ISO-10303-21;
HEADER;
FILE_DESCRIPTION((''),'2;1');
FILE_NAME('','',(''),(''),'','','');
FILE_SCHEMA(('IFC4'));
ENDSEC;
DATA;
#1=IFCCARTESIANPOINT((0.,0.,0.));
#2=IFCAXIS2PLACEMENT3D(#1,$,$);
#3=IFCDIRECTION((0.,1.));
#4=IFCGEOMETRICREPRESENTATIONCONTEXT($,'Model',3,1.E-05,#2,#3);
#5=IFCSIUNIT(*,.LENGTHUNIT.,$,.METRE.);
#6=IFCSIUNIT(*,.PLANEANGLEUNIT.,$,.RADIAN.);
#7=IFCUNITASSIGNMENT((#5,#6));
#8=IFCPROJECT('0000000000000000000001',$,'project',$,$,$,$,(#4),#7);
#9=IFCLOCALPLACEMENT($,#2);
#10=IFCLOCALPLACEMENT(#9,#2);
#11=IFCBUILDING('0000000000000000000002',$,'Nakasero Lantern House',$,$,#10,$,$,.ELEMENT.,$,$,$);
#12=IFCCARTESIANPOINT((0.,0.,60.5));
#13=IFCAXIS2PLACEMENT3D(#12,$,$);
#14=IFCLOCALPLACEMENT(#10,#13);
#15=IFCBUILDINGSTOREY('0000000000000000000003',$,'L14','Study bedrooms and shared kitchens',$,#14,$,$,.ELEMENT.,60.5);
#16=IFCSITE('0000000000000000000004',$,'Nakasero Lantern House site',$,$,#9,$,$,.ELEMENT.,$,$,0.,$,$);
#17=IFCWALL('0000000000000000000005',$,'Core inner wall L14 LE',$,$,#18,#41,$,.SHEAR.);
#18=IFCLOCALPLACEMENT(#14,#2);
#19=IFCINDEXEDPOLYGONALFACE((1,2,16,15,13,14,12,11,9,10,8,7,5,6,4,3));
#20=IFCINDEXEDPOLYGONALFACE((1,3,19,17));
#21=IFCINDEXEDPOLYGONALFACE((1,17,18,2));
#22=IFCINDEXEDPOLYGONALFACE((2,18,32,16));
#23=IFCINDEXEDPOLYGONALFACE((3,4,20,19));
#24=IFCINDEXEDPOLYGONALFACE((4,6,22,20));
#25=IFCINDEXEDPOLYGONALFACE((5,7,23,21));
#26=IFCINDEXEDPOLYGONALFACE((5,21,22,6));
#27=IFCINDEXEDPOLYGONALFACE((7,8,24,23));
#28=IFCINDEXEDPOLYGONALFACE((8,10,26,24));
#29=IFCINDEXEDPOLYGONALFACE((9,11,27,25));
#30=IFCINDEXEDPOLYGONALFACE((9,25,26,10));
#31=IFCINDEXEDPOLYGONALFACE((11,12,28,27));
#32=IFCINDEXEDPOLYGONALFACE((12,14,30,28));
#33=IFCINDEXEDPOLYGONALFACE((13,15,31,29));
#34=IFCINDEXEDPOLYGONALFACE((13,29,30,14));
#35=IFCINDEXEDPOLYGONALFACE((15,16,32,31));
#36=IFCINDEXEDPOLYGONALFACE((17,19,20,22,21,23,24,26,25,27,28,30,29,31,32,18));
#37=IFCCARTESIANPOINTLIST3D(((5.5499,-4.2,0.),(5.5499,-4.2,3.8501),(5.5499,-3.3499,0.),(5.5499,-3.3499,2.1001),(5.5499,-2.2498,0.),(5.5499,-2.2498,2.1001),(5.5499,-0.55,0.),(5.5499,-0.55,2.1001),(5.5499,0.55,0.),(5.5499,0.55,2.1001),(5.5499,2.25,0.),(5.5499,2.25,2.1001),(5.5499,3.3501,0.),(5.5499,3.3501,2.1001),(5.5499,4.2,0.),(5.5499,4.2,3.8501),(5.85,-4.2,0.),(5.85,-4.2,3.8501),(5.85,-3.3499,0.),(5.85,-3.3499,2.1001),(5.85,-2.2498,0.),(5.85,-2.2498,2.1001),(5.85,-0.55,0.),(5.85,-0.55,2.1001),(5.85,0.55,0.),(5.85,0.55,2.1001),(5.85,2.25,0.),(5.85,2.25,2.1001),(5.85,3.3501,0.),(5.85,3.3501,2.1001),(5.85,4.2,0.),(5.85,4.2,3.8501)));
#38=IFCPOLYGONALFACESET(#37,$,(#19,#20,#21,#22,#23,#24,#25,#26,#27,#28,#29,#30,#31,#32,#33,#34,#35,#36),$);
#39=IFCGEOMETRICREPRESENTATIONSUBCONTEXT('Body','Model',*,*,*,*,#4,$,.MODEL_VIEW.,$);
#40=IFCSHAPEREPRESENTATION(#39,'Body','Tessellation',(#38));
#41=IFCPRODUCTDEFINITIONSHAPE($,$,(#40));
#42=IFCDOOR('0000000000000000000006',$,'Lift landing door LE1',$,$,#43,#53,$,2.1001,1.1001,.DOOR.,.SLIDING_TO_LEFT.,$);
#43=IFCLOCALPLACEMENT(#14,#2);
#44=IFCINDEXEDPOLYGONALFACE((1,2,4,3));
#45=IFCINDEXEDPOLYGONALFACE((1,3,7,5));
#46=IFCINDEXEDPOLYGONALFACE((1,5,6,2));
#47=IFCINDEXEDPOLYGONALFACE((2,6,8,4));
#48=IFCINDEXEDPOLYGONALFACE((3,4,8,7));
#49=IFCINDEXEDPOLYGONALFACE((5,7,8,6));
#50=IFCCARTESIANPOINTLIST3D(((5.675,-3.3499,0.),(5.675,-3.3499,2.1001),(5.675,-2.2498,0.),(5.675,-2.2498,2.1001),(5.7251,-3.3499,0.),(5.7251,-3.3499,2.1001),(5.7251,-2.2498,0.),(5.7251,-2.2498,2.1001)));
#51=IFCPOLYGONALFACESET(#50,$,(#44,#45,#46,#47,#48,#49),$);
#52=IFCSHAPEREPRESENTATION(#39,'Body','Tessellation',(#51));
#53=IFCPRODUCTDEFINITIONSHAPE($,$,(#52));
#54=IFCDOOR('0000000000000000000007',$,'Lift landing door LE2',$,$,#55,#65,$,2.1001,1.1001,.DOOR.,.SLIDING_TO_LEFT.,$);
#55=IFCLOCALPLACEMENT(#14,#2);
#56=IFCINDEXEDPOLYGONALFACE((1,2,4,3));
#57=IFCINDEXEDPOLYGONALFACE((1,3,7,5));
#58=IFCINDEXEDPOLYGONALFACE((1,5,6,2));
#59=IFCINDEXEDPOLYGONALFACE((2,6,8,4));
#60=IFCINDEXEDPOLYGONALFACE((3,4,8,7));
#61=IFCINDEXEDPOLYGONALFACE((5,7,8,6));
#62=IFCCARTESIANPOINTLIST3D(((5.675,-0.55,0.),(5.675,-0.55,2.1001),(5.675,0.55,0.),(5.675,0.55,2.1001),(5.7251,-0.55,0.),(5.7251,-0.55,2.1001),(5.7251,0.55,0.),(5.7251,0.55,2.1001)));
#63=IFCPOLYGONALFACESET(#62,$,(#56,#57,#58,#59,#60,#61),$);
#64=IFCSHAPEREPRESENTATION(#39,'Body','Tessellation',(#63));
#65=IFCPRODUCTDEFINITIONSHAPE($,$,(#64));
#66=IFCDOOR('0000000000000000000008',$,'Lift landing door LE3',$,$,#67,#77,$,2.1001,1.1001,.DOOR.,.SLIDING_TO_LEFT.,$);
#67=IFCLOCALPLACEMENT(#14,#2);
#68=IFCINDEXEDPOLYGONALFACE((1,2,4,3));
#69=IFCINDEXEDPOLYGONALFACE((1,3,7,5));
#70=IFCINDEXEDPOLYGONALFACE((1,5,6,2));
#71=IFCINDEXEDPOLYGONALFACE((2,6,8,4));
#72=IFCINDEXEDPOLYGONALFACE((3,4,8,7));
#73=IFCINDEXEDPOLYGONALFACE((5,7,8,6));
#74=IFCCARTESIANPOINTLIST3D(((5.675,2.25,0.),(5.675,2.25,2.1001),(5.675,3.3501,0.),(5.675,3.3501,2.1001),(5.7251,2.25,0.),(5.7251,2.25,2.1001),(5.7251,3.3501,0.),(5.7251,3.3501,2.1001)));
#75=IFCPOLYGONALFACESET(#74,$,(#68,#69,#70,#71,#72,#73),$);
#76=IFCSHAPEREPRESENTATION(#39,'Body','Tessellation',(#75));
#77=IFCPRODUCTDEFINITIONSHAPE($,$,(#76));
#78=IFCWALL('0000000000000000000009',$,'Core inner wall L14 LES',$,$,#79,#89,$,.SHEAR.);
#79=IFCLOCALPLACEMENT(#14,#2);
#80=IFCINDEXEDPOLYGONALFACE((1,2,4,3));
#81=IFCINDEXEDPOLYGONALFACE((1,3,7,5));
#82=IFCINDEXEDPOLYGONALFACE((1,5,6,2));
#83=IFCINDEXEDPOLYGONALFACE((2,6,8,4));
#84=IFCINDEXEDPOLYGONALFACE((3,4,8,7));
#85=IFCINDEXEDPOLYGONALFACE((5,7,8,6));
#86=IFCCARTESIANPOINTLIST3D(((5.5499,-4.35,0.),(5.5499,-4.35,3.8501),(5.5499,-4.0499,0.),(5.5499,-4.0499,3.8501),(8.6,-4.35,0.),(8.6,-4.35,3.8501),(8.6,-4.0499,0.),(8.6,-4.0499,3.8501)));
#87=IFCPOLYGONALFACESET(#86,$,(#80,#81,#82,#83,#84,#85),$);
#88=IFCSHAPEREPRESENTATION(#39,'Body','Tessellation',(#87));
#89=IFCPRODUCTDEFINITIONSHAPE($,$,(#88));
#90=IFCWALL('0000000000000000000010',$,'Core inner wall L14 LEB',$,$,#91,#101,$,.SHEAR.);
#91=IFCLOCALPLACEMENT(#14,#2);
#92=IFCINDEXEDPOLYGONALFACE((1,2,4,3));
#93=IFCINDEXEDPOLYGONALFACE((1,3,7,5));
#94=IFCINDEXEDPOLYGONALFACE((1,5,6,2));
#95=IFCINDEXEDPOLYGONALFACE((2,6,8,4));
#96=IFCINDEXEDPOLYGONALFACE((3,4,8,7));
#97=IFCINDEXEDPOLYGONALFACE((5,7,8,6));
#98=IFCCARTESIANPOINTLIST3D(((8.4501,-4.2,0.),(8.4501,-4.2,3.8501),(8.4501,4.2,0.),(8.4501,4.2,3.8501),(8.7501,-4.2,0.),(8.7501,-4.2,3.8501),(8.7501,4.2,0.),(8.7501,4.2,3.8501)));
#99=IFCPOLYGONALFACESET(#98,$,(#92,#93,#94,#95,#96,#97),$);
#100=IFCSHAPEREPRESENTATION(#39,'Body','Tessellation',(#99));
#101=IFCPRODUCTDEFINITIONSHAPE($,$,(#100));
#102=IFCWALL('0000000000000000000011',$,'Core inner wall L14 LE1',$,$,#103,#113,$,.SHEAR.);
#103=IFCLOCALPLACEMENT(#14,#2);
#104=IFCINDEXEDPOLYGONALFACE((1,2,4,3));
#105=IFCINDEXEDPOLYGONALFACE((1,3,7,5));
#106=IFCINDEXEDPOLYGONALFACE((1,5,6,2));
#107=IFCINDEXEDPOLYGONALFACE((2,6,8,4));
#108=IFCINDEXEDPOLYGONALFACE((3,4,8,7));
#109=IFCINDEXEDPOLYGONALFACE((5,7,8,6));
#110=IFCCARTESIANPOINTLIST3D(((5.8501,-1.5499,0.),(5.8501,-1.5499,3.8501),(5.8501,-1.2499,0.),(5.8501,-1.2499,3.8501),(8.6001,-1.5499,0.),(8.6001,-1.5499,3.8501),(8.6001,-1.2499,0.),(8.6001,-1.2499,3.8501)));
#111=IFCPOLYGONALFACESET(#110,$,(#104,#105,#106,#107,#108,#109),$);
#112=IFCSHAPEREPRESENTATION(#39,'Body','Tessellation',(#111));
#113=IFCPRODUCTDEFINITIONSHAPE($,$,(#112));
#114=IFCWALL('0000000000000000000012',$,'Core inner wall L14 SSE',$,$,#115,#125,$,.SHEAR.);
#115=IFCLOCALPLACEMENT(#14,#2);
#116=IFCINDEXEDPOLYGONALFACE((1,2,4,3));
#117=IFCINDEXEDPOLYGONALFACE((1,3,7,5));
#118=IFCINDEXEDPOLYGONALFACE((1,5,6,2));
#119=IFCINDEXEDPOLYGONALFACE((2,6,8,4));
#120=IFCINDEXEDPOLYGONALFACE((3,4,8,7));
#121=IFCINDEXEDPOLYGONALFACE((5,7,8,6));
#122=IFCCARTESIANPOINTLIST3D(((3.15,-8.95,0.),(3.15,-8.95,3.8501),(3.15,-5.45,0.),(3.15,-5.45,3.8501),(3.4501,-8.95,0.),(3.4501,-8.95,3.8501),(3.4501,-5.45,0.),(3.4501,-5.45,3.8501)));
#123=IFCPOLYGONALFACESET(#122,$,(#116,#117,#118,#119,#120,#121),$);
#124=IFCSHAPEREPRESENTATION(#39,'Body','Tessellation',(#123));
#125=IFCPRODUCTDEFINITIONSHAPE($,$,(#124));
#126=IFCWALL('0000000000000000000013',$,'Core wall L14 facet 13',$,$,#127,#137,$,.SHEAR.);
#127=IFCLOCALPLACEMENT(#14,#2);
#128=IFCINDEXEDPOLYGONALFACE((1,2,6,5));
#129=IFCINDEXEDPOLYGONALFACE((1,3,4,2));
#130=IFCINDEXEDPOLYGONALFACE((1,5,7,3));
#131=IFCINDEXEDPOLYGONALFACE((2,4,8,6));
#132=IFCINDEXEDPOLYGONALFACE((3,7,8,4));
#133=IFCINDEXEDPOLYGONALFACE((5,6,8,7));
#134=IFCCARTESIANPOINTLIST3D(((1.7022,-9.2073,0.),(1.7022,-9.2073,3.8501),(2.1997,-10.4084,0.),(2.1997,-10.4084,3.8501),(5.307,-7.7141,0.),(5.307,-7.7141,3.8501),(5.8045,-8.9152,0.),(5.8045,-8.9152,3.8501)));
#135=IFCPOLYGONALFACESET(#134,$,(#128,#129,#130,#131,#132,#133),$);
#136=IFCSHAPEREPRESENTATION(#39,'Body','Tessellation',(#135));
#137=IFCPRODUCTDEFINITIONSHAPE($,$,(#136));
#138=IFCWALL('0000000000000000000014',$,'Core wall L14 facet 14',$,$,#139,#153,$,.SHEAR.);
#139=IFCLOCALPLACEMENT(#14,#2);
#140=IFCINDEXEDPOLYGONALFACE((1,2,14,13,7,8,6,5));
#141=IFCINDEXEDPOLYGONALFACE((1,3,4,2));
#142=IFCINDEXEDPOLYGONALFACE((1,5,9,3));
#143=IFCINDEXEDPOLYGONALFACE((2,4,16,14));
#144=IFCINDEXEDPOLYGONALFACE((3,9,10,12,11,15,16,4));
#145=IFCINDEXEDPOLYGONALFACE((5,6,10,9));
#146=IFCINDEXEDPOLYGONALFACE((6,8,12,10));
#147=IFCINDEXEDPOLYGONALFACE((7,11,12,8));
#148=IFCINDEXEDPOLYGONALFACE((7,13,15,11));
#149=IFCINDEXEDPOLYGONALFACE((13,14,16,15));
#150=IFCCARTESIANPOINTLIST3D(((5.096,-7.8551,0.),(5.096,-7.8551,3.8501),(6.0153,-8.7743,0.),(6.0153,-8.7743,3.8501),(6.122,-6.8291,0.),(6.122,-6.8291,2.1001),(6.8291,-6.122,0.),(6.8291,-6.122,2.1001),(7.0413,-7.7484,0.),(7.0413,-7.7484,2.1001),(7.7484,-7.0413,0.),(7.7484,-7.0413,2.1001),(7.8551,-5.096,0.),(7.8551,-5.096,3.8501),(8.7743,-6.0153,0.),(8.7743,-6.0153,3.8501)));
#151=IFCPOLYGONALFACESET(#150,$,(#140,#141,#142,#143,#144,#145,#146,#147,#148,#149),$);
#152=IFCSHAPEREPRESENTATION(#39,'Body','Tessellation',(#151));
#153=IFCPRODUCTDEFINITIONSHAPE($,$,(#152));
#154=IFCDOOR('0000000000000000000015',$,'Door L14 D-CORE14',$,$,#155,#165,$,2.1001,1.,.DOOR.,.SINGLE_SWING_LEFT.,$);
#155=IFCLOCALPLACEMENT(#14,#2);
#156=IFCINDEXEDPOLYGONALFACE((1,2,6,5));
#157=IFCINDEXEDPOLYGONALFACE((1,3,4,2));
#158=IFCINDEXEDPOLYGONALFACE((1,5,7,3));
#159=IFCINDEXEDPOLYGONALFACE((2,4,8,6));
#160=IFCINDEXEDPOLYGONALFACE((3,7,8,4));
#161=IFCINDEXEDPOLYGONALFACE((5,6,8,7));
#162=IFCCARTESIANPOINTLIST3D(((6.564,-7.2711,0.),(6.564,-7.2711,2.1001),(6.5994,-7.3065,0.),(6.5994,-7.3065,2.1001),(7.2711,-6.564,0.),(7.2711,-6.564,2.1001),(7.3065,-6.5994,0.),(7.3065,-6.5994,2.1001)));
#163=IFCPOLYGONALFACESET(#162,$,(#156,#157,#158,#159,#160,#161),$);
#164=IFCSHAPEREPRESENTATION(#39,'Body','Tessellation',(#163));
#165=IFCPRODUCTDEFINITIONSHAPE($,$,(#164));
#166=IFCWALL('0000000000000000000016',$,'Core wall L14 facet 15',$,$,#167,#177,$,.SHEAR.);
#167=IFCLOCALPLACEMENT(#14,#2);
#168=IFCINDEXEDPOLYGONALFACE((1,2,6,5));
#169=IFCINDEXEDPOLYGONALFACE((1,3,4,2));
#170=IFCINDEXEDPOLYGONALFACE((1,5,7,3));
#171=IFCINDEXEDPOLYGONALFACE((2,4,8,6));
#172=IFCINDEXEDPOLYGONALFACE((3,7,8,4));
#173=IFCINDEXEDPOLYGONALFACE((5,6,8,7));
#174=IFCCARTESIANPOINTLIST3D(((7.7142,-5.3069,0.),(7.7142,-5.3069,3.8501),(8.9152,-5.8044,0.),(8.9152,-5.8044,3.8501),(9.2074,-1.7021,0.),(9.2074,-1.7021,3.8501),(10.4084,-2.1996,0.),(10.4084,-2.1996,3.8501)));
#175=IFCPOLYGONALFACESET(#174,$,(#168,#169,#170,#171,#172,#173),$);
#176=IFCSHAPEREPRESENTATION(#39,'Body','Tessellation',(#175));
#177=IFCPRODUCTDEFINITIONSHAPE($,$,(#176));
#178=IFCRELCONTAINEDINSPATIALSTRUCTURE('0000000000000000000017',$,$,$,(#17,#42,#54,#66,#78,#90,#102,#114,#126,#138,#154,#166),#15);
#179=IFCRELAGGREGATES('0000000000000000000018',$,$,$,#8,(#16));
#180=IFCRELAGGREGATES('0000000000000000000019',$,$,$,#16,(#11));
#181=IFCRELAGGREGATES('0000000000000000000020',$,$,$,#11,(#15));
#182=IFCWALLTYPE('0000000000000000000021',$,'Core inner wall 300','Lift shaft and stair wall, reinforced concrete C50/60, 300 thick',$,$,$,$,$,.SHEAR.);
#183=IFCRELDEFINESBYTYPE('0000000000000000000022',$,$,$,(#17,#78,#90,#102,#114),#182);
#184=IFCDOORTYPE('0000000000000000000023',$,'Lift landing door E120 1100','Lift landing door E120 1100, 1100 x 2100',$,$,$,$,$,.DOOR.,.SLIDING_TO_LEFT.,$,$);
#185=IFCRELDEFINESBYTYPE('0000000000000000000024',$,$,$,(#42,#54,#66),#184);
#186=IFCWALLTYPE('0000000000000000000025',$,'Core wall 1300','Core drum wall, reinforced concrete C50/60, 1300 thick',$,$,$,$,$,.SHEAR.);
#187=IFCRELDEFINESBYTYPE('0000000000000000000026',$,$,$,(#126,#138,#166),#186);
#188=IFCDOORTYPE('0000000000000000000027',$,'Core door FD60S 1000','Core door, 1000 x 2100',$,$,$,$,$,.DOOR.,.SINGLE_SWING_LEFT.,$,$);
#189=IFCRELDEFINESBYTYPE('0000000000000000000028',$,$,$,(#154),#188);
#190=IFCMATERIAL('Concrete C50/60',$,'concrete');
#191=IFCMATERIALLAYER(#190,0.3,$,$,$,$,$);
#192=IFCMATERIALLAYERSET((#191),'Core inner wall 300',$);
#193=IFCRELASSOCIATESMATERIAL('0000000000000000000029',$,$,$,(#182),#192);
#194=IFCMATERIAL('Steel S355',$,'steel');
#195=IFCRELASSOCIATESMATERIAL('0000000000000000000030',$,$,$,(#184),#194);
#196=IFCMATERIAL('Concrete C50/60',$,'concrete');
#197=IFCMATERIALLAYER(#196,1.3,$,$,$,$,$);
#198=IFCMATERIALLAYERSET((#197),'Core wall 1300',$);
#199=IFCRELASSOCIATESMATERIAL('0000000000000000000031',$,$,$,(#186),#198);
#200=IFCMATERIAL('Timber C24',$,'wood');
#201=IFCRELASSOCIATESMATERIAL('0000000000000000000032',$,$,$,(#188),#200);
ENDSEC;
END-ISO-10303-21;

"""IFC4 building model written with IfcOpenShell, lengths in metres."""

from ifc_helpers import new_model, si_unit, direction, frame, frame_2d, origin, place, context, subcontext, project, spatial, rectangle, extrude, material, layer, layer_set, type_object, element, fill, save


model = new_model("IFC4")

# Units and contexts
model_context = context("Model", 3, precision=1e-05, world=origin(), true_north=direction((0.0, 1.0)))
body_context = subcontext(model_context, "Body", "Model", "MODEL_VIEW")
ifc_project = project(units=[si_unit("LENGTHUNIT", "METRE"), si_unit("PLANEANGLEUNIT", "RADIAN")], contexts=[model_context])

# Site, building, storey
site_placement = place(None, origin())
site = spatial("IfcSite", under=ifc_project, at=site_placement, Name="Nakasero Lantern House site", CompositionType="ELEMENT", RefElevation=0.0)
building_placement = place(site_placement, origin())
building = spatial("IfcBuilding", under=site, at=building_placement, Name="Nakasero Lantern House", CompositionType="ELEMENT")
storey_placement = place(building_placement, frame((0.0, 0.0, 60.5)))
storey = spatial("IfcBuildingStorey", under=building, at=storey_placement, Name="L14", Description="Study bedrooms and shared kitchens", CompositionType="ELEMENT", Elevation=60.5)

# Wall, openings, doors
ifc_material_1 = material(Name="Concrete C50/60", Category="concrete")
ifc_layer_1 = layer(ifc_material_1, 0.3)
ifc_layer_set_1 = layer_set([ifc_layer_1], Name="Core inner wall 300")
wall_type_1 = type_object("IfcWallType", Name="Core inner wall 300", Description="Lift shaft and stair wall, reinforced concrete C50/60, 300 thick", PredefinedType="SHEAR", material=ifc_layer_set_1)
wall_1_placement = place(storey_placement, frame((5.7, -4.2, 0.0), z_axis=(0.0, 0.0, 1.0), x_axis=(0.0, 1.0, 0.0)))
wall_1 = element("IfcWall", 1, at=wall_1_placement, inside=storey, type_object=wall_type_1, Name="Core inner wall L14 LE", PredefinedType="SHEAR", context=body_context, shape_type="SweptSolid", body=[
    extrude(rectangle(XDim=8.3999, YDim=0.3, at=frame_2d((4.2, 0.0))), origin(), (0.0, 0.0, 1.0), 3.8501),
])
opening_1_placement = place(wall_1_placement, frame((0.8501, 0.0, 0.0)))
opening_1 = element("IfcOpeningElement", 2, at=opening_1_placement, cuts=wall_1, PredefinedType="OPENING", context=body_context, shape_type="SweptSolid", body=[
    extrude(rectangle(XDim=1.1001, YDim=2.1001, at=frame_2d((0.55, 1.05))), frame((0.0, 0.1699, 0.0), z_axis=(0.0, -1.0, 0.0), x_axis=(1.0, 0.0, 0.0)), (0.0, 0.0, 1.0), 0.3401),
])
opening_2_placement = place(wall_1_placement, frame((3.6499, 0.0, 0.0)))
opening_2 = element("IfcOpeningElement", 3, at=opening_2_placement, cuts=wall_1, PredefinedType="OPENING", context=body_context, shape_type="SweptSolid", body=[
    extrude(rectangle(XDim=1.1001, YDim=2.1001, at=frame_2d((0.55, 1.05))), frame((0.0, 0.1699, 0.0), z_axis=(0.0, -1.0, 0.0), x_axis=(1.0, 0.0, 0.0)), (0.0, 0.0, 1.0), 0.3401),
])
opening_3_placement = place(wall_1_placement, frame((6.45, 0.0, 0.0)))
opening_3 = element("IfcOpeningElement", 4, at=opening_3_placement, cuts=wall_1, PredefinedType="OPENING", context=body_context, shape_type="SweptSolid", body=[
    extrude(rectangle(XDim=1.1001, YDim=2.1001, at=frame_2d((0.55, 1.05))), frame((0.0, 0.1699, 0.0), z_axis=(0.0, -1.0, 0.0), x_axis=(1.0, 0.0, 0.0)), (0.0, 0.0, 1.0), 0.3401),
])
ifc_material_2 = material(Name="Steel S355", Category="steel")
door_type_1 = type_object("IfcDoorType", Name="Lift landing door E120 1100", Description="Lift landing door E120 1100, 1100 x 2100", OperationType="SLIDING_TO_LEFT", PredefinedType="DOOR", material=ifc_material_2)
door_1_placement = place(opening_1_placement, origin())
door_1 = element("IfcDoor", 5, at=door_1_placement, inside=storey, type_object=door_type_1, Name="Lift landing door LE1", OperationType="SLIDING_TO_LEFT", OverallHeight=2.1001, OverallWidth=1.1001, PredefinedType="DOOR", context=body_context, shape_type="SweptSolid", body=[
    extrude(rectangle(XDim=1.1001, YDim=2.1001, at=frame_2d((0.55, 1.05))), frame((0.0, 0.0249, 0.0), z_axis=(0.0, -1.0, 0.0), x_axis=(1.0, 0.0, 0.0)), (0.0, 0.0, 1.0), 0.05),
])
fill(opening_1, door_1)
door_2_placement = place(opening_2_placement, origin())
door_2 = element("IfcDoor", 6, at=door_2_placement, inside=storey, type_object=door_type_1, Name="Lift landing door LE2", OperationType="SLIDING_TO_LEFT", OverallHeight=2.1001, OverallWidth=1.1001, PredefinedType="DOOR", context=body_context, shape_type="SweptSolid", body=[
    extrude(rectangle(XDim=1.1001, YDim=2.1001, at=frame_2d((0.55, 1.05))), frame((0.0, 0.0249, 0.0), z_axis=(0.0, -1.0, 0.0), x_axis=(1.0, 0.0, 0.0)), (0.0, 0.0, 1.0), 0.05),
])
fill(opening_2, door_2)
door_3_placement = place(opening_3_placement, origin())
door_3 = element("IfcDoor", 7, at=door_3_placement, inside=storey, type_object=door_type_1, Name="Lift landing door LE3", OperationType="SLIDING_TO_LEFT", OverallHeight=2.1001, OverallWidth=1.1001, PredefinedType="DOOR", context=body_context, shape_type="SweptSolid", body=[
    extrude(rectangle(XDim=1.1001, YDim=2.1001, at=frame_2d((0.55, 1.05))), frame((0.0, 0.0249, 0.0), z_axis=(0.0, -1.0, 0.0), x_axis=(1.0, 0.0, 0.0)), (0.0, 0.0, 1.0), 0.05),
])
fill(opening_3, door_3)

# Walls
wall_2_placement = place(storey_placement, frame((5.55, -4.2, 0.0), z_axis=(0.0, 0.0, 1.0), x_axis=(1.0, 0.0, 0.0)))
element("IfcWall", 8, at=wall_2_placement, inside=storey, type_object=wall_type_1, Name="Core inner wall L14 LES", PredefinedType="SHEAR", context=body_context, shape_type="SweptSolid", body=[
    extrude(rectangle(XDim=3.05, YDim=0.3, at=frame_2d((1.5249, 0.0))), origin(), (0.0, 0.0, 1.0), 3.8501),
])
wall_3_placement = place(storey_placement, frame((8.6001, -4.2, 0.0), z_axis=(0.0, 0.0, 1.0), x_axis=(0.0, 1.0, 0.0)))
element("IfcWall", 9, at=wall_3_placement, inside=storey, type_object=wall_type_1, Name="Core inner wall L14 LEB", PredefinedType="SHEAR", context=body_context, shape_type="SweptSolid", body=[
    extrude(rectangle(XDim=8.3999, YDim=0.3, at=frame_2d((4.2, 0.0))), origin(), (0.0, 0.0, 1.0), 3.8501),
])
wall_4_placement = place(storey_placement, frame((5.8501, -1.3999, 0.0), z_axis=(0.0, 0.0, 1.0), x_axis=(1.0, 0.0, 0.0)))
element("IfcWall", 10, at=wall_4_placement, inside=storey, type_object=wall_type_1, Name="Core inner wall L14 LE1", PredefinedType="SHEAR", context=body_context, shape_type="SweptSolid", body=[
    extrude(rectangle(XDim=2.75, YDim=0.3, at=frame_2d((1.375, 0.0))), origin(), (0.0, 0.0, 1.0), 3.8501),
])
wall_5_placement = place(storey_placement, frame((3.3, -5.45, 0.0), z_axis=(0.0, 0.0, 1.0), x_axis=(0.0, -1.0, 0.0)))
element("IfcWall", 11, at=wall_5_placement, inside=storey, type_object=wall_type_1, Name="Core inner wall L14 SSE", PredefinedType="SHEAR", context=body_context, shape_type="SweptSolid", body=[
    extrude(rectangle(XDim=3.5, YDim=0.3, at=frame_2d((1.75, 0.0))), origin(), (0.0, 0.0, 1.0), 3.8501),
])
ifc_material_3 = material(Name="Concrete C50/60", Category="concrete")
ifc_layer_2 = layer(ifc_material_3, 1.3)
ifc_layer_set_2 = layer_set([ifc_layer_2], Name="Core wall 1300")
wall_type_2 = type_object("IfcWallType", Name="Core wall 1300", Description="Core drum wall, reinforced concrete C50/60, 1300 thick", PredefinedType="SHEAR", material=ifc_layer_set_2)
wall_6_placement = place(storey_placement, frame((1.9509, -9.8079, 0.0), z_axis=(0.0, 0.0, 1.0), x_axis=(0.923877, 0.382691, 0.0)))
element("IfcWall", 12, at=wall_6_placement, inside=storey, type_object=wall_type_2, Name="Core wall L14 facet 13", PredefinedType="SHEAR", context=body_context, shape_type="SweptSolid", body=[
    extrude(rectangle(XDim=3.9019, YDim=1.3, at=frame_2d((1.9509, 0.0))), origin(), (0.0, 0.0, 1.0), 3.8501),
])

# Wall, opening, door
wall_7_placement = place(storey_placement, frame((5.5557, -8.3147, 0.0), z_axis=(0.0, 0.0, 1.0), x_axis=(0.707107, 0.707107, 0.0)))
wall_7 = element("IfcWall", 13, at=wall_7_placement, inside=storey, type_object=wall_type_2, Name="Core wall L14 facet 14", PredefinedType="SHEAR", context=body_context, shape_type="SweptSolid", body=[
    extrude(rectangle(XDim=3.9019, YDim=1.3, at=frame_2d((1.9509, 0.0))), origin(), (0.0, 0.0, 1.0), 3.8501),
])
opening_4_placement = place(wall_7_placement, frame((1.4509, 0.0, 0.0)))
opening_4 = element("IfcOpeningElement", 14, at=opening_4_placement, cuts=wall_7, PredefinedType="OPENING", context=body_context, shape_type="SweptSolid", body=[
    extrude(rectangle(XDim=1.0, YDim=2.1001, at=frame_2d((0.5, 1.05))), frame((0.0, 0.6699, 0.0), z_axis=(0.0, -1.0, 0.0), x_axis=(1.0, 0.0, 0.0)), (0.0, 0.0, 1.0), 1.3401),
])
ifc_material_4 = material(Name="Timber C24", Category="wood")
door_type_2 = type_object("IfcDoorType", Name="Core door FD60S 1000", Description="Core door, 1000 x 2100", OperationType="SINGLE_SWING_LEFT", PredefinedType="DOOR", material=ifc_material_4)
door_4_placement = place(opening_4_placement, origin())
door_4 = element("IfcDoor", 15, at=door_4_placement, inside=storey, type_object=door_type_2, Name="Door L14 D-CORE14", OperationType="SINGLE_SWING_LEFT", OverallHeight=2.1001, OverallWidth=1.0, PredefinedType="DOOR", context=body_context, shape_type="SweptSolid", body=[
    extrude(rectangle(XDim=1.0, YDim=2.1001, at=frame_2d((0.5, 1.05))), frame((0.0, 0.0249, 0.0), z_axis=(0.0, -1.0, 0.0), x_axis=(1.0, 0.0, 0.0)), (0.0, 0.0, 1.0), 0.05),
])
fill(opening_4, door_4)

# Wall
for number, where, z_axis, x_axis, name in (
    (16, (8.3147, -5.5557, 0.0), (0.0, 0.0, 1.0), (0.382691, 0.923877, 0.0), "Core wall L14 facet 15"),
):
    element("IfcWall", number, at=place(storey_placement, frame(where, z_axis=z_axis, x_axis=x_axis)), inside=storey, type_object=wall_type_2, Name=name, PredefinedType="SHEAR", context=body_context, shape_type="SweptSolid", body=[
        extrude(rectangle(XDim=3.9019, YDim=1.3, at=frame_2d((1.9509, 0.0))), origin(), (0.0, 0.0, 1.0), 3.8501),
    ])

save(model, "model.ifc")
